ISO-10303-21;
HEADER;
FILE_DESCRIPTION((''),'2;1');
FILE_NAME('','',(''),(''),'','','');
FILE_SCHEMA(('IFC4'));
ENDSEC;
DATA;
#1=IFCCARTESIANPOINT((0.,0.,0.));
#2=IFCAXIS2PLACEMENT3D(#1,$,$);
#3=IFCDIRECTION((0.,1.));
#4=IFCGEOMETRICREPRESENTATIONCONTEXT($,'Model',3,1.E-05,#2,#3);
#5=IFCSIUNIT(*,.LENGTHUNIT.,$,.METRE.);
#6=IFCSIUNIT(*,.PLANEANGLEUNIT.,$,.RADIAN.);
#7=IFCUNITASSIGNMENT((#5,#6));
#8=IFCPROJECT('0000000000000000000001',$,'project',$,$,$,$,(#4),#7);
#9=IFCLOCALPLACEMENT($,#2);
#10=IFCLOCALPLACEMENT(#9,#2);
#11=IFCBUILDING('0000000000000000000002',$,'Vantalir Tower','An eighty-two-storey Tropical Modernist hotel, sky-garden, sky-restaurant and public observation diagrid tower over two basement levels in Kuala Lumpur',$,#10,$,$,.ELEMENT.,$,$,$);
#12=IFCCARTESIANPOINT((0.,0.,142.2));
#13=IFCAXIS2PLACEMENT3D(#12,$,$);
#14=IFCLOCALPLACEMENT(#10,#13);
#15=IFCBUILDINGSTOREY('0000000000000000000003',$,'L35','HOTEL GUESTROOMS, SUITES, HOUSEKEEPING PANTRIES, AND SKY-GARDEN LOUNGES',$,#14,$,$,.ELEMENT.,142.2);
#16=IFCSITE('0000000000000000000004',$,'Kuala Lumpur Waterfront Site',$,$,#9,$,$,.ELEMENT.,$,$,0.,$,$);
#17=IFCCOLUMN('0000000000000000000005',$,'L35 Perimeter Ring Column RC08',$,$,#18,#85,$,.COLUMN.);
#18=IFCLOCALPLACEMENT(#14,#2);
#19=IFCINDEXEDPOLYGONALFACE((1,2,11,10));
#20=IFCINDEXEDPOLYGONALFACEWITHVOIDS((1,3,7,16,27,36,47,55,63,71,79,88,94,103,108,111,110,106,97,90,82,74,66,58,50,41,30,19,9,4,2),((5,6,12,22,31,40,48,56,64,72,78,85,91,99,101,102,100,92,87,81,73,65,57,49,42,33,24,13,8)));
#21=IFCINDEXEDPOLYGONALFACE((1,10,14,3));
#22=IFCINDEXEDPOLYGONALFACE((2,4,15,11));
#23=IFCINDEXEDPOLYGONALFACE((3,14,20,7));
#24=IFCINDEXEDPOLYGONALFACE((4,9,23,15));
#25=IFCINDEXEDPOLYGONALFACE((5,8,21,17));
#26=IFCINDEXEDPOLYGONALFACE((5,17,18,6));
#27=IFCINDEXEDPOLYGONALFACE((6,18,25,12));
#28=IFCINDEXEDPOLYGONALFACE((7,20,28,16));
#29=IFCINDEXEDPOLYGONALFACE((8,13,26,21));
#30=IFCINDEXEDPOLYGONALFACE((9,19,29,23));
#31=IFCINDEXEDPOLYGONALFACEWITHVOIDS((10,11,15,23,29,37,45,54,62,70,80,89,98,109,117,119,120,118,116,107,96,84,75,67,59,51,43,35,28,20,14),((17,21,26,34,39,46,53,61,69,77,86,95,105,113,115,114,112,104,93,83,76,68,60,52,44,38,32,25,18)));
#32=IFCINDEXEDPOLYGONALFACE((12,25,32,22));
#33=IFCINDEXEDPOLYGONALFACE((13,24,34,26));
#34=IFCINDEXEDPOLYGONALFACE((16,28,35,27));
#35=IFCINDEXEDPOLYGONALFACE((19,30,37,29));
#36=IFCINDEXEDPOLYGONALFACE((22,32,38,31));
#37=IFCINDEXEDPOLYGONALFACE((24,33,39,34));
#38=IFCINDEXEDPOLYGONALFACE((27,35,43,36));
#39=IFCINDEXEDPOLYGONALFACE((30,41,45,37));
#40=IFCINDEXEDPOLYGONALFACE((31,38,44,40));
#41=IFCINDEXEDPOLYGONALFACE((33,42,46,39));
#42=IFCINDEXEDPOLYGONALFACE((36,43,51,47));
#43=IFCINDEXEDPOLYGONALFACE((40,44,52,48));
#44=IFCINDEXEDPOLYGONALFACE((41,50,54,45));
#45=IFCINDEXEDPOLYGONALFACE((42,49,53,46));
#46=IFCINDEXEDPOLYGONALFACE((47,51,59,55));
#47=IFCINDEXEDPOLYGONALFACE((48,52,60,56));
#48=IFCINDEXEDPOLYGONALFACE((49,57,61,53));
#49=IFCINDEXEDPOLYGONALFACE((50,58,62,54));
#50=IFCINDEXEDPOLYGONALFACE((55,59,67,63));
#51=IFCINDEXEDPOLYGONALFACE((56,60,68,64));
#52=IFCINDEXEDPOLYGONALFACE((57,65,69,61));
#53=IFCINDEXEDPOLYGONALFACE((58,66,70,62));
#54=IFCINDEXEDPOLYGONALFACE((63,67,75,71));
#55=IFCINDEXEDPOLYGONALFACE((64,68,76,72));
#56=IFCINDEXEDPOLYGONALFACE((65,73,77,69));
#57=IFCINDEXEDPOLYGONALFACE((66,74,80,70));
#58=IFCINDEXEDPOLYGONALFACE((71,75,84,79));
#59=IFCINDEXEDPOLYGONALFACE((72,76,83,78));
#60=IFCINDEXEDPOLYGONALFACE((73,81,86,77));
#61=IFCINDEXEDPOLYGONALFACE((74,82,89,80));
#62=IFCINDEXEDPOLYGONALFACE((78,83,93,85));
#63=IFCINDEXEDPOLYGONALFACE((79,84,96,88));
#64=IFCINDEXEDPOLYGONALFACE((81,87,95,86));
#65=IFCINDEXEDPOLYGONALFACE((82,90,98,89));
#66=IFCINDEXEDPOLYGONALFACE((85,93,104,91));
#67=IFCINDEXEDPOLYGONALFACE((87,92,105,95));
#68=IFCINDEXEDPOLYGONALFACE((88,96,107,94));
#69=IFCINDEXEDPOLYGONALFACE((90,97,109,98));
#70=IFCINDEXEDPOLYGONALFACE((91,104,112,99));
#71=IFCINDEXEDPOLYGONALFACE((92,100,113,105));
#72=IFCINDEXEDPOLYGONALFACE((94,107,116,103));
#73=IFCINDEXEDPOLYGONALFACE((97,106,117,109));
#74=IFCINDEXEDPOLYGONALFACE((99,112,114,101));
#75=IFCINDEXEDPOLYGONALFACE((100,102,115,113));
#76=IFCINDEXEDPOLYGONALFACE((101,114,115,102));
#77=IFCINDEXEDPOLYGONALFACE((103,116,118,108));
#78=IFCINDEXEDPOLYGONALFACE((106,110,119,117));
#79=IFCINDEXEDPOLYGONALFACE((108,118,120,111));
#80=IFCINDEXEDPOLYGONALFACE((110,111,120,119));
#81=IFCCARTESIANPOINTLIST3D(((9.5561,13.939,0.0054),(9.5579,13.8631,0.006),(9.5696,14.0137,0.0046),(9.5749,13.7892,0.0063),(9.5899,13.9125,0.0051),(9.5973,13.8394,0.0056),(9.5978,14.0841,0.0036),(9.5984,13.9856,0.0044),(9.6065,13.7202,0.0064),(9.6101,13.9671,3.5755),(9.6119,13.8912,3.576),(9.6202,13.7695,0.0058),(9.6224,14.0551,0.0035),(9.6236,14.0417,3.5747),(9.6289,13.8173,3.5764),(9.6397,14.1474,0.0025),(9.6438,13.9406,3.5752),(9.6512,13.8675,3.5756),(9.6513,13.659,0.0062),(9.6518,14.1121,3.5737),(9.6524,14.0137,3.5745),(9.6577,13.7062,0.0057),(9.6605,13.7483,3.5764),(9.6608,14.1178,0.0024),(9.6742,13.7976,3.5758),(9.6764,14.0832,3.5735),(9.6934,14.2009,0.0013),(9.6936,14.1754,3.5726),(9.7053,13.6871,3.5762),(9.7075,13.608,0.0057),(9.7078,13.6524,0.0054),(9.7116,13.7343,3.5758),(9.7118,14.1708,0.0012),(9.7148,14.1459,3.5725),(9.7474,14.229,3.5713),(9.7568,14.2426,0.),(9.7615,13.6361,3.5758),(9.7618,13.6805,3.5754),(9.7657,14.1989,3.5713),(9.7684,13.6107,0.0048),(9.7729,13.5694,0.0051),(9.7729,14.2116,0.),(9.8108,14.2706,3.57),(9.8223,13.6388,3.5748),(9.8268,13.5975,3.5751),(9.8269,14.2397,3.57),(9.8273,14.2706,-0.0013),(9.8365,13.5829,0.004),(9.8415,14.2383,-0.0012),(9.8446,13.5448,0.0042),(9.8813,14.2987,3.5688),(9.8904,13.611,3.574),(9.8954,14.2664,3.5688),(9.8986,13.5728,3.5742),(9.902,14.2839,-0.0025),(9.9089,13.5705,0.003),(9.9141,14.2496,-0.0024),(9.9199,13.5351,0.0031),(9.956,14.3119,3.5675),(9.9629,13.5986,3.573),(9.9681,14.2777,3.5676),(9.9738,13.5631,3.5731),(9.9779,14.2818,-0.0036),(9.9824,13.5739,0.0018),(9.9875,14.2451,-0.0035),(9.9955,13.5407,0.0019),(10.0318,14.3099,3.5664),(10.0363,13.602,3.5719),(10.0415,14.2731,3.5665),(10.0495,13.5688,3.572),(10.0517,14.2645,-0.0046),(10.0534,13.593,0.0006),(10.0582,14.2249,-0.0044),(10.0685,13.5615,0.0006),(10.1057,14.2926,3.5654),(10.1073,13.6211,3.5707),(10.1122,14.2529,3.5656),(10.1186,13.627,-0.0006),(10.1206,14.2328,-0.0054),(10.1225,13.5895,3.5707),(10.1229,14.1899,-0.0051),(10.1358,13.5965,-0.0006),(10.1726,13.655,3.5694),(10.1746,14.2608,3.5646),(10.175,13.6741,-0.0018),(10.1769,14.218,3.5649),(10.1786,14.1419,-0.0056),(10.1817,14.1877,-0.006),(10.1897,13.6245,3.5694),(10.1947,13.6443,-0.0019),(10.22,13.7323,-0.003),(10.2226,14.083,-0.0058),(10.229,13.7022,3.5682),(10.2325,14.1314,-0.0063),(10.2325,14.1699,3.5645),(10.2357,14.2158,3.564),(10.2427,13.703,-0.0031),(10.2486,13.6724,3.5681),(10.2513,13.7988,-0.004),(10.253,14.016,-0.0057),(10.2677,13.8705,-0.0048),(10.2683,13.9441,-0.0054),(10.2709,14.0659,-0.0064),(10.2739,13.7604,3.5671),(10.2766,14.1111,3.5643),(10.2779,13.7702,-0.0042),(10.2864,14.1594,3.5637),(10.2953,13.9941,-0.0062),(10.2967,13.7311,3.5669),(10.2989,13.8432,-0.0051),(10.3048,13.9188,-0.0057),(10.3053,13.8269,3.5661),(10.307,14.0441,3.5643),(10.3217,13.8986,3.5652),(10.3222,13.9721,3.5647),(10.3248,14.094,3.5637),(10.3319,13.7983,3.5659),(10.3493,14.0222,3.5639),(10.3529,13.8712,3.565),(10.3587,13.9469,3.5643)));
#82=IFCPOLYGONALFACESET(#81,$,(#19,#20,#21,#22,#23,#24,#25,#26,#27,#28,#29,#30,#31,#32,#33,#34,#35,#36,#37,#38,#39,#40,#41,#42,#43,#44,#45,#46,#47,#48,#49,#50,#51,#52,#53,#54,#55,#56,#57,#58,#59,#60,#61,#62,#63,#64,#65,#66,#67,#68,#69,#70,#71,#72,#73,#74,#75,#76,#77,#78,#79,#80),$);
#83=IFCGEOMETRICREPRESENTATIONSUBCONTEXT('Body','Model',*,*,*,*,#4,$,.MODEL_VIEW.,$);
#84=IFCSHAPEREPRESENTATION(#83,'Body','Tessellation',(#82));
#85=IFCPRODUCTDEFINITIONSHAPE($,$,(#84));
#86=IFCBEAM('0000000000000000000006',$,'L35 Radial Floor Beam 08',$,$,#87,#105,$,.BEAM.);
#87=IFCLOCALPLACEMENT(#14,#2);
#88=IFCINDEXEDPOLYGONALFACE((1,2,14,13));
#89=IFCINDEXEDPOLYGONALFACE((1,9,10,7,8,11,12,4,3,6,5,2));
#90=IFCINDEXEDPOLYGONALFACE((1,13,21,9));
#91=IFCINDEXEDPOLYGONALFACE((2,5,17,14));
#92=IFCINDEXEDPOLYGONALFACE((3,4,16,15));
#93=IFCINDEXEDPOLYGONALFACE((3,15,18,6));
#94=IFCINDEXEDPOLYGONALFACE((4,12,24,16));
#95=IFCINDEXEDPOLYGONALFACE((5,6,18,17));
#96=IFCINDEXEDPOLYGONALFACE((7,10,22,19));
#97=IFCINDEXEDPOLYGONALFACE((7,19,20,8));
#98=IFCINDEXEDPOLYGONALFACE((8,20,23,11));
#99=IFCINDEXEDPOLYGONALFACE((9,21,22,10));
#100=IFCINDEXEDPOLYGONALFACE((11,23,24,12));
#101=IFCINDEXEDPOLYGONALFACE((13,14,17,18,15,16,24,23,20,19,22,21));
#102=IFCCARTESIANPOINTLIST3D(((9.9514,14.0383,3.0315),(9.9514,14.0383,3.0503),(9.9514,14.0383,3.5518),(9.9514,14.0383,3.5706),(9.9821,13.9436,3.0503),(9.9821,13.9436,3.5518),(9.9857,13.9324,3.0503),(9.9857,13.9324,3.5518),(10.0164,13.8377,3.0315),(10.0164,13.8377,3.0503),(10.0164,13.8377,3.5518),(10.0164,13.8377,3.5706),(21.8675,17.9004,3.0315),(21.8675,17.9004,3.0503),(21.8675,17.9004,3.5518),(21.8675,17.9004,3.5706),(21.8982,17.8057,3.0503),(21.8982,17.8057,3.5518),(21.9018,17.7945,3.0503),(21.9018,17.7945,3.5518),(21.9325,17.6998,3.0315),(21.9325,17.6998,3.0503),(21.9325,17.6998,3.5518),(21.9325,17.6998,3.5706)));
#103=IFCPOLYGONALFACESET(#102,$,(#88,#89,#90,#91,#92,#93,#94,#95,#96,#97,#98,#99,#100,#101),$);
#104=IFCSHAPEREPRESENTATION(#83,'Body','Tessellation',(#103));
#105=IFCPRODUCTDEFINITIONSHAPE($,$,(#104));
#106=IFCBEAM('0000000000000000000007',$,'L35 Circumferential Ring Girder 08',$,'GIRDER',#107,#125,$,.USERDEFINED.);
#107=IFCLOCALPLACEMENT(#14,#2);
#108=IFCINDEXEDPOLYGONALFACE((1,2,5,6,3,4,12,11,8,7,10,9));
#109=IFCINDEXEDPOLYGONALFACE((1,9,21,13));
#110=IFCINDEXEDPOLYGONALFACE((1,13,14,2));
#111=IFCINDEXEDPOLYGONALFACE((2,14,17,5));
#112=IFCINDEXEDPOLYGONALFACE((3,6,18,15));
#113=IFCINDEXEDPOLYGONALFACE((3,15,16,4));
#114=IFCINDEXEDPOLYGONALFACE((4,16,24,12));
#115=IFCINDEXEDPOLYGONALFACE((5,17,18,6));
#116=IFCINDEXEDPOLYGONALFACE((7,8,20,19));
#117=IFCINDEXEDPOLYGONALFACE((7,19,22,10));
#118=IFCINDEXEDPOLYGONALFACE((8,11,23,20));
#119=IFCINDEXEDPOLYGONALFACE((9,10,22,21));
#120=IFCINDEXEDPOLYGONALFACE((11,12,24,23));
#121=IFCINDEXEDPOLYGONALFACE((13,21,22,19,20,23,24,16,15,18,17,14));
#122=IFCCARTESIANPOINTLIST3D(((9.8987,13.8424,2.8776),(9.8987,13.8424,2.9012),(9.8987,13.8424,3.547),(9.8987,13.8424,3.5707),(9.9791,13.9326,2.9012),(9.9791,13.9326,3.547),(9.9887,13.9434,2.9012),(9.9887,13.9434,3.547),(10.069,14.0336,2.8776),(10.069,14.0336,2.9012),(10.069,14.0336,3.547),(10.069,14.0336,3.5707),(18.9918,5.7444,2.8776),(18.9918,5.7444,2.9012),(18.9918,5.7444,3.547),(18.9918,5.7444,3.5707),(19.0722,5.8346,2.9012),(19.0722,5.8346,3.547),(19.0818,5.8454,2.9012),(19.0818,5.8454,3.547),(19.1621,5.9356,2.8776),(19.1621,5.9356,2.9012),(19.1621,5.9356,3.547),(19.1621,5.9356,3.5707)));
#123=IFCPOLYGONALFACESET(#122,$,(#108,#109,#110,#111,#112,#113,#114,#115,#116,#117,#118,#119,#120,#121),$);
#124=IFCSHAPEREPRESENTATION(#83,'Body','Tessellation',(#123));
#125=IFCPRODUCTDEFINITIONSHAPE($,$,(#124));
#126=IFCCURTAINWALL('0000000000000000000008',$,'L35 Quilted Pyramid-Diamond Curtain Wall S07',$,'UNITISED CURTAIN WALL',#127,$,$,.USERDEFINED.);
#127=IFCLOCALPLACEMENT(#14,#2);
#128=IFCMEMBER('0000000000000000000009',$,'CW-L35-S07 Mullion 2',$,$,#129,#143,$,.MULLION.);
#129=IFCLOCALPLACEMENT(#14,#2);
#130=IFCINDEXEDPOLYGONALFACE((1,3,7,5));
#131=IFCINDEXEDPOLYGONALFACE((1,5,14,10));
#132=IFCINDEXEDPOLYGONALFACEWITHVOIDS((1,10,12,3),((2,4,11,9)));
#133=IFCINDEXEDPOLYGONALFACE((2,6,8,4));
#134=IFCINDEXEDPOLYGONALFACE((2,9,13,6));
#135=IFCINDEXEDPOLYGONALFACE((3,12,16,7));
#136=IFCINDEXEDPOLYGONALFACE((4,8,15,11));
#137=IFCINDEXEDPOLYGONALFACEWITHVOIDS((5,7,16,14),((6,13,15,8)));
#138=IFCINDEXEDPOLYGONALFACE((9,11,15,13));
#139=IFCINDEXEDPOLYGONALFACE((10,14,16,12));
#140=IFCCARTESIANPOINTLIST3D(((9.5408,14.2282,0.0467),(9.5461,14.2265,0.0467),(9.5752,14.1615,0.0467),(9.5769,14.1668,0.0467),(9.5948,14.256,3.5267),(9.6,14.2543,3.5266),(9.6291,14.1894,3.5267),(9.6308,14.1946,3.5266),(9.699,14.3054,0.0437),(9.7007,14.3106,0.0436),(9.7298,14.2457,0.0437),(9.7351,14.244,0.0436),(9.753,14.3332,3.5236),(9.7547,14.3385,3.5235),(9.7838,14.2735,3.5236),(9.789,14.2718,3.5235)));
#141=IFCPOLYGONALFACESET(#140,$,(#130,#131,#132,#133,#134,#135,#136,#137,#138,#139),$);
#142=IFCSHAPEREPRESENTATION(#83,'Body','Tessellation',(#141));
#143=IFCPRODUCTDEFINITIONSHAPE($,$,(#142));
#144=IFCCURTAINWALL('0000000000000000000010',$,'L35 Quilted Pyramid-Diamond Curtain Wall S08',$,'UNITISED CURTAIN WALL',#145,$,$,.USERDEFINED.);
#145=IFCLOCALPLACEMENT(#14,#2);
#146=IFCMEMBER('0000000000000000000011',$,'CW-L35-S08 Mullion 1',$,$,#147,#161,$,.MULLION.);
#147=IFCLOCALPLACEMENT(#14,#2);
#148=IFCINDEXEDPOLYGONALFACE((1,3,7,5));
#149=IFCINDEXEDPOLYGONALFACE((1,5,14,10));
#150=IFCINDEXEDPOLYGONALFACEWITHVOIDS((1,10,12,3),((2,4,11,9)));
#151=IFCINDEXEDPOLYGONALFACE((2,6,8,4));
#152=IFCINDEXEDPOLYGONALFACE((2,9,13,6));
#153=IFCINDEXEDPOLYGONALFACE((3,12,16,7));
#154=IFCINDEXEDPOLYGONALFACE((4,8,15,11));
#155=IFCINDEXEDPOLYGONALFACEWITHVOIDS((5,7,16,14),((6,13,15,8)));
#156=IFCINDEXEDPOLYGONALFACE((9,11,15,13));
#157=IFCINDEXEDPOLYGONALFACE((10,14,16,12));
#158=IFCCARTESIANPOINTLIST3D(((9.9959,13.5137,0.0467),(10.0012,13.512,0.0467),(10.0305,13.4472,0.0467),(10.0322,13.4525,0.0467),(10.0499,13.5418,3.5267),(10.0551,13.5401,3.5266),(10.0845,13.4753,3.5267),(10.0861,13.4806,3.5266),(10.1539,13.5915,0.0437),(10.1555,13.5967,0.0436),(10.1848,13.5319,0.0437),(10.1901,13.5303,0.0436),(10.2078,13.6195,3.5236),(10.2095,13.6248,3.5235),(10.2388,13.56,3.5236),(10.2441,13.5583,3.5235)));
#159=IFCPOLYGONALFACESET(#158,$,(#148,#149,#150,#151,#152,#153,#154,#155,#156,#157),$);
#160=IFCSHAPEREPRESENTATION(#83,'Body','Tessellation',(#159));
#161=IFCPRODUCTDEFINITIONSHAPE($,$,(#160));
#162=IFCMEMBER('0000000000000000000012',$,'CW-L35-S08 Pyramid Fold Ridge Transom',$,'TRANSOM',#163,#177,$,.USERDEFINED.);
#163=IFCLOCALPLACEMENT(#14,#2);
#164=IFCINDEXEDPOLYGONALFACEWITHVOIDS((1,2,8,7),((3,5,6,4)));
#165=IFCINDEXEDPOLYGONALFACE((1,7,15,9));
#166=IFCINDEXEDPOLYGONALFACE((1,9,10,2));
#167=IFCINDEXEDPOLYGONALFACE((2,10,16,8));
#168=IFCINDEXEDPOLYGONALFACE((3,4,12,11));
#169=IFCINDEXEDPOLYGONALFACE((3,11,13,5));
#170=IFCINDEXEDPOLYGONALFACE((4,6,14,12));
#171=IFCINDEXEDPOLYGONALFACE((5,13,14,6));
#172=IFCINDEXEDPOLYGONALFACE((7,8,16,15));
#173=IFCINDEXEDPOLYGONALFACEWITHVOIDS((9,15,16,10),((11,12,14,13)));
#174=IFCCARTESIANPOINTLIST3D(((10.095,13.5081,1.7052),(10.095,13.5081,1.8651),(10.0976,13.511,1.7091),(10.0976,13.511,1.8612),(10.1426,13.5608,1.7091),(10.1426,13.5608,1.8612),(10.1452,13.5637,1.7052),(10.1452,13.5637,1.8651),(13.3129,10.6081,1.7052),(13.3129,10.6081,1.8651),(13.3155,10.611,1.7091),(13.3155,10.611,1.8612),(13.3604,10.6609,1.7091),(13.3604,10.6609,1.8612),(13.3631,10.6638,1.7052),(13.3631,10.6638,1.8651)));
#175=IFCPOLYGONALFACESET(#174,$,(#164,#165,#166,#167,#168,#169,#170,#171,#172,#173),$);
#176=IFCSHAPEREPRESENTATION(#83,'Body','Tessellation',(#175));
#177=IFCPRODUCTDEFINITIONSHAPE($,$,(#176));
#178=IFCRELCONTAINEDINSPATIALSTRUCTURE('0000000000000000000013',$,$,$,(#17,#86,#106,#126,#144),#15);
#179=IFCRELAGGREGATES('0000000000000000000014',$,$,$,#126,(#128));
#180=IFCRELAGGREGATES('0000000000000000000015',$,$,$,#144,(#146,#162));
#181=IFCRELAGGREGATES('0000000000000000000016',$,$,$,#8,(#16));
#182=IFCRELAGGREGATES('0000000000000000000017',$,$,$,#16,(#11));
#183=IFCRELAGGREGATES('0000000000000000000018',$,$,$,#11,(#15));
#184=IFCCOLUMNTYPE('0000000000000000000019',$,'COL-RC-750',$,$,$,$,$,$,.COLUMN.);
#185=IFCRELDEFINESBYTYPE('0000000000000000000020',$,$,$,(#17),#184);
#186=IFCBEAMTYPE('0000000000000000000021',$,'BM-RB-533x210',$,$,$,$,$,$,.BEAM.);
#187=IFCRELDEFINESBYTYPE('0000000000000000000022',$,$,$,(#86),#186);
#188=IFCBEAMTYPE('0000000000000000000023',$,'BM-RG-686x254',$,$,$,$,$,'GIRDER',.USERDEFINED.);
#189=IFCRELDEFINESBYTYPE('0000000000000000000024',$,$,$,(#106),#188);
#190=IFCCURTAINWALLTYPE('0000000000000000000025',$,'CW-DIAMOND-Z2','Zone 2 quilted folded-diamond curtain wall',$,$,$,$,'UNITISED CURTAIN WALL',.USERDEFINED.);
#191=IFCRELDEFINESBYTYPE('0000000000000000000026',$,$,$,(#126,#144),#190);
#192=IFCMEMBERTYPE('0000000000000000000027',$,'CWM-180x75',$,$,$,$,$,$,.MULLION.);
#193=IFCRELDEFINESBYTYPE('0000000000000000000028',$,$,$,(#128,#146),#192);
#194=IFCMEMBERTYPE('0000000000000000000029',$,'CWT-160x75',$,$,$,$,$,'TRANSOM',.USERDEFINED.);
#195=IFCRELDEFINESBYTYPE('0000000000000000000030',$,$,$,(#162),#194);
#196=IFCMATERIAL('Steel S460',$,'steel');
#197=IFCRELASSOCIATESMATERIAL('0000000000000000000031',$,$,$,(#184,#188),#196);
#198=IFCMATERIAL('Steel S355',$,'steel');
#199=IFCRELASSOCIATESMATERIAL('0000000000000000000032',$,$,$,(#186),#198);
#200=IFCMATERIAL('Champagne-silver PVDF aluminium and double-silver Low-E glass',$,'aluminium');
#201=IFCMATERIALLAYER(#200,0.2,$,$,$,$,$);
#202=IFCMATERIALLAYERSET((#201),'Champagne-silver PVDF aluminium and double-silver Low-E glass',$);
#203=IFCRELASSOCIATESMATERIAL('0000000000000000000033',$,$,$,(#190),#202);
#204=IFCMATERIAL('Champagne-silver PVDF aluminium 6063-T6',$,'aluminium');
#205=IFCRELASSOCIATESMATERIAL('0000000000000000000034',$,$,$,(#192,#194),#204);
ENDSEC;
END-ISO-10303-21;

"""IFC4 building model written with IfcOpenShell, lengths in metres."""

from ifc_helpers import new_model, si_unit, direction, frame, origin, origin_2d, place, context, subcontext, project, spatial, hollow_rectangle, hollow_circle, i_section, extrude, material, layer, layer_set, material_profile, profile_set, type_object, element, aggregate, save


model = new_model("IFC4")

# Units and contexts
model_context = context("Model", 3, precision=1e-05, world=origin(), true_north=direction((0.0, 1.0)))
body_context = subcontext(model_context, "Body", "Model", "MODEL_VIEW")
ifc_project = project(units=[si_unit("LENGTHUNIT", "METRE"), si_unit("PLANEANGLEUNIT", "RADIAN")], contexts=[model_context])

# Site, building, storey
site_placement = place(None, origin())
site = spatial("IfcSite", under=ifc_project, at=site_placement, Name="Kuala Lumpur Waterfront Site", CompositionType="ELEMENT", RefElevation=0.0)
building_placement = place(site_placement, origin())
building = spatial("IfcBuilding", under=site, at=building_placement, Name="Vantalir Tower", Description="An eighty-two-storey Tropical Modernist hotel, sky-garden, sky-restaurant and public observation diagrid tower over two basement levels in Kuala Lumpur", CompositionType="ELEMENT")
storey_placement = place(building_placement, frame((0.0, 0.0, 142.2)))
storey = spatial("IfcBuildingStorey", under=building, at=storey_placement, Name="L35", Description="HOTEL GUESTROOMS, SUITES, HOUSEKEEPING PANTRIES, AND SKY-GARDEN LOUNGES", CompositionType="ELEMENT", Elevation=142.2)

# Column
ifc_material_1 = material(Name="Steel S460", Category="steel")
ifc_material_profile_1 = material_profile(ifc_material_1, hollow_circle(Radius=0.375, WallThickness=0.0349, at=origin_2d()), Name="Steel S460")
ifc_profile_set_1 = profile_set([ifc_material_profile_1], Name="Steel S460")
column_type = type_object("IfcColumnType", Name="COL-RC-750", PredefinedType="COLUMN", material=ifc_profile_set_1)
column_placement = place(storey_placement, frame((9.9299, 13.9099, 0.0), z_axis=(0.015111, 0.007863, 0.999855), x_axis=(-0.461605, 0.887085, 0.0)))
element("IfcColumn", 1, at=column_placement, inside=storey, type_object=column_type, Name="L35 Perimeter Ring Column RC08", PredefinedType="COLUMN", context=body_context, shape_type="SweptSolid", body=[
    extrude(hollow_circle(Radius=0.375, WallThickness=0.0349, at=origin_2d()), origin(), (0.0, 0.0, 1.0), 3.5706),
])

# Beams
ifc_material_2 = material(Name="Steel S355", Category="steel")
ifc_material_profile_2 = material_profile(ifc_material_2, i_section(OverallWidth=0.2109, OverallDepth=0.5391, WebThickness=0.0117, FlangeThickness=0.0188, at=origin_2d()), Name="Steel S355")
ifc_profile_set_2 = profile_set([ifc_material_profile_2], Name="Steel S355")
beam_type_1 = type_object("IfcBeamType", Name="BM-RB-533x210", PredefinedType="BEAM", material=ifc_profile_set_2)
beam_1_placement = place(storey_placement, frame((9.9839, 13.938, 3.301), z_axis=(0.951284, 0.308317, 0.0), x_axis=(-0.308317, 0.951284, 0.0)))
element("IfcBeam", 2, at=beam_1_placement, inside=storey, type_object=beam_type_1, Name="L35 Radial Floor Beam 08", PredefinedType="BEAM", context=body_context, shape_type="SweptSolid", body=[
    extrude(i_section(OverallWidth=0.2109, OverallDepth=0.5391, WebThickness=0.0117, FlangeThickness=0.0188, at=origin_2d()), origin(), (0.0, 0.0, 1.0), 12.5264),
])
ifc_material_profile_3 = material_profile(ifc_material_1, i_section(OverallWidth=0.2561, OverallDepth=0.6931, WebThickness=0.0144, FlangeThickness=0.0237, at=origin_2d()), Name="Steel S460")
ifc_profile_set_3 = profile_set([ifc_material_profile_3], Name="Steel S460")
beam_type_2 = type_object("IfcBeamType", Name="BM-RG-686x254", ElementType="GIRDER", PredefinedType="USERDEFINED", material=ifc_profile_set_3)
beam_2_placement = place(storey_placement, frame((9.9839, 13.938, 3.2241), z_axis=(0.746788, -0.665062, 0.0), x_axis=(0.665062, 0.746788, 0.0)))
element("IfcBeam", 3, at=beam_2_placement, inside=storey, type_object=beam_type_2, Name="L35 Circumferential Ring Girder 08", ObjectType="GIRDER", PredefinedType="USERDEFINED", context=body_context, shape_type="SweptSolid", body=[
    extrude(i_section(OverallWidth=0.2561, OverallDepth=0.6931, WebThickness=0.0144, FlangeThickness=0.0237, at=origin_2d()), origin(), (0.0, 0.0, 1.0), 12.1763),
])

# Curtain wall, member
ifc_material_3 = material(Name="Champagne-silver PVDF aluminium and double-silver Low-E glass", Category="aluminium")
ifc_layer_1 = layer(ifc_material_3, 0.2)
ifc_layer_set_1 = layer_set([ifc_layer_1], Name="Champagne-silver PVDF aluminium and double-silver Low-E glass")
curtain_wall_type = type_object("IfcCurtainWallType", Name="CW-DIAMOND-Z2", Description="Zone 2 quilted folded-diamond curtain wall", ElementType="UNITISED CURTAIN WALL", PredefinedType="USERDEFINED", material=ifc_layer_set_1)
curtain_wall_1_placement = place(storey_placement, origin())
curtain_wall_1 = element("IfcCurtainWall", 4, at=curtain_wall_1_placement, inside=storey, type_object=curtain_wall_type, Name="L35 Quilted Pyramid-Diamond Curtain Wall S07", ObjectType="UNITISED CURTAIN WALL", PredefinedType="USERDEFINED")
ifc_material_4 = material(Name="Champagne-silver PVDF aluminium 6063-T6", Category="aluminium")
ifc_material_profile_4 = material_profile(ifc_material_4, hollow_rectangle(XDim=0.075, YDim=0.1799, WallThickness=0.0039, at=origin_2d()), Name="Champagne-silver PVDF aluminium 6063-T6")
ifc_profile_set_4 = profile_set([ifc_material_profile_4], Name="Champagne-silver PVDF aluminium 6063-T6")
member_type_1 = type_object("IfcMemberType", Name="CWM-180x75", PredefinedType="MULLION", material=ifc_profile_set_4)
member_1_placement = place(storey_placement, frame((9.6379, 14.2361, 0.0452), z_axis=(0.015502, 0.007997, 0.999848), x_axis=(-0.458438, 0.888726, 0.0)))
member_1 = element("IfcMember", 5, at=member_1_placement, type_object=member_type_1, Name="CW-L35-S07 Mullion 2", PredefinedType="MULLION", context=body_context, shape_type="SweptSolid", body=[
    extrude(hollow_rectangle(XDim=0.075, YDim=0.1799, WallThickness=0.0039, at=origin_2d()), origin(), (0.0, 0.0, 1.0), 3.4805),
])

# Curtain wall, members
curtain_wall_2_placement = place(storey_placement, origin())
curtain_wall_2 = element("IfcCurtainWall", 6, at=curtain_wall_2_placement, inside=storey, type_object=curtain_wall_type, Name="L35 Quilted Pyramid-Diamond Curtain Wall S08", ObjectType="UNITISED CURTAIN WALL", PredefinedType="USERDEFINED")
member_2_placement = place(storey_placement, frame((10.093, 13.522, 0.0452), z_axis=(0.015502, 0.008067, 0.999847), x_axis=(-0.461605, 0.887085, 0.0)))
member_2 = element("IfcMember", 7, at=member_2_placement, type_object=member_type_1, Name="CW-L35-S08 Mullion 1", PredefinedType="MULLION", context=body_context, shape_type="SweptSolid", body=[
    extrude(hollow_rectangle(XDim=0.075, YDim=0.1799, WallThickness=0.0039, at=origin_2d()), origin(), (0.0, 0.0, 1.0), 3.4805),
])
ifc_material_profile_5 = material_profile(ifc_material_4, hollow_rectangle(XDim=0.075, YDim=0.1599, WallThickness=0.0039, at=origin_2d()), Name="Champagne-silver PVDF aluminium 6063-T6")
ifc_profile_set_5 = profile_set([ifc_material_profile_5], Name="Champagne-silver PVDF aluminium 6063-T6")
member_type_2 = type_object("IfcMemberType", Name="CWT-160x75", ElementType="TRANSOM", PredefinedType="USERDEFINED", material=ifc_profile_set_5)
member_3_placement = place(storey_placement, frame((10.1201, 13.5359, 1.7852), z_axis=(0.742846, -0.669463, 0.0), x_axis=(0.669463, 0.742846, 0.0)))
member_3 = element("IfcMember", 8, at=member_3_placement, type_object=member_type_2, Name="CW-L35-S08 Pyramid Fold Ridge Transom", ObjectType="TRANSOM", PredefinedType="USERDEFINED", context=body_context, shape_type="SweptSolid", body=[
    extrude(hollow_rectangle(XDim=0.075, YDim=0.1599, WallThickness=0.0039, at=origin_2d()), origin(), (0.0, 0.0, 1.0), 4.3318),
])

aggregate(curtain_wall_1, [member_1])
aggregate(curtain_wall_2, [member_2, member_3])

save(model, "model.ifc")
